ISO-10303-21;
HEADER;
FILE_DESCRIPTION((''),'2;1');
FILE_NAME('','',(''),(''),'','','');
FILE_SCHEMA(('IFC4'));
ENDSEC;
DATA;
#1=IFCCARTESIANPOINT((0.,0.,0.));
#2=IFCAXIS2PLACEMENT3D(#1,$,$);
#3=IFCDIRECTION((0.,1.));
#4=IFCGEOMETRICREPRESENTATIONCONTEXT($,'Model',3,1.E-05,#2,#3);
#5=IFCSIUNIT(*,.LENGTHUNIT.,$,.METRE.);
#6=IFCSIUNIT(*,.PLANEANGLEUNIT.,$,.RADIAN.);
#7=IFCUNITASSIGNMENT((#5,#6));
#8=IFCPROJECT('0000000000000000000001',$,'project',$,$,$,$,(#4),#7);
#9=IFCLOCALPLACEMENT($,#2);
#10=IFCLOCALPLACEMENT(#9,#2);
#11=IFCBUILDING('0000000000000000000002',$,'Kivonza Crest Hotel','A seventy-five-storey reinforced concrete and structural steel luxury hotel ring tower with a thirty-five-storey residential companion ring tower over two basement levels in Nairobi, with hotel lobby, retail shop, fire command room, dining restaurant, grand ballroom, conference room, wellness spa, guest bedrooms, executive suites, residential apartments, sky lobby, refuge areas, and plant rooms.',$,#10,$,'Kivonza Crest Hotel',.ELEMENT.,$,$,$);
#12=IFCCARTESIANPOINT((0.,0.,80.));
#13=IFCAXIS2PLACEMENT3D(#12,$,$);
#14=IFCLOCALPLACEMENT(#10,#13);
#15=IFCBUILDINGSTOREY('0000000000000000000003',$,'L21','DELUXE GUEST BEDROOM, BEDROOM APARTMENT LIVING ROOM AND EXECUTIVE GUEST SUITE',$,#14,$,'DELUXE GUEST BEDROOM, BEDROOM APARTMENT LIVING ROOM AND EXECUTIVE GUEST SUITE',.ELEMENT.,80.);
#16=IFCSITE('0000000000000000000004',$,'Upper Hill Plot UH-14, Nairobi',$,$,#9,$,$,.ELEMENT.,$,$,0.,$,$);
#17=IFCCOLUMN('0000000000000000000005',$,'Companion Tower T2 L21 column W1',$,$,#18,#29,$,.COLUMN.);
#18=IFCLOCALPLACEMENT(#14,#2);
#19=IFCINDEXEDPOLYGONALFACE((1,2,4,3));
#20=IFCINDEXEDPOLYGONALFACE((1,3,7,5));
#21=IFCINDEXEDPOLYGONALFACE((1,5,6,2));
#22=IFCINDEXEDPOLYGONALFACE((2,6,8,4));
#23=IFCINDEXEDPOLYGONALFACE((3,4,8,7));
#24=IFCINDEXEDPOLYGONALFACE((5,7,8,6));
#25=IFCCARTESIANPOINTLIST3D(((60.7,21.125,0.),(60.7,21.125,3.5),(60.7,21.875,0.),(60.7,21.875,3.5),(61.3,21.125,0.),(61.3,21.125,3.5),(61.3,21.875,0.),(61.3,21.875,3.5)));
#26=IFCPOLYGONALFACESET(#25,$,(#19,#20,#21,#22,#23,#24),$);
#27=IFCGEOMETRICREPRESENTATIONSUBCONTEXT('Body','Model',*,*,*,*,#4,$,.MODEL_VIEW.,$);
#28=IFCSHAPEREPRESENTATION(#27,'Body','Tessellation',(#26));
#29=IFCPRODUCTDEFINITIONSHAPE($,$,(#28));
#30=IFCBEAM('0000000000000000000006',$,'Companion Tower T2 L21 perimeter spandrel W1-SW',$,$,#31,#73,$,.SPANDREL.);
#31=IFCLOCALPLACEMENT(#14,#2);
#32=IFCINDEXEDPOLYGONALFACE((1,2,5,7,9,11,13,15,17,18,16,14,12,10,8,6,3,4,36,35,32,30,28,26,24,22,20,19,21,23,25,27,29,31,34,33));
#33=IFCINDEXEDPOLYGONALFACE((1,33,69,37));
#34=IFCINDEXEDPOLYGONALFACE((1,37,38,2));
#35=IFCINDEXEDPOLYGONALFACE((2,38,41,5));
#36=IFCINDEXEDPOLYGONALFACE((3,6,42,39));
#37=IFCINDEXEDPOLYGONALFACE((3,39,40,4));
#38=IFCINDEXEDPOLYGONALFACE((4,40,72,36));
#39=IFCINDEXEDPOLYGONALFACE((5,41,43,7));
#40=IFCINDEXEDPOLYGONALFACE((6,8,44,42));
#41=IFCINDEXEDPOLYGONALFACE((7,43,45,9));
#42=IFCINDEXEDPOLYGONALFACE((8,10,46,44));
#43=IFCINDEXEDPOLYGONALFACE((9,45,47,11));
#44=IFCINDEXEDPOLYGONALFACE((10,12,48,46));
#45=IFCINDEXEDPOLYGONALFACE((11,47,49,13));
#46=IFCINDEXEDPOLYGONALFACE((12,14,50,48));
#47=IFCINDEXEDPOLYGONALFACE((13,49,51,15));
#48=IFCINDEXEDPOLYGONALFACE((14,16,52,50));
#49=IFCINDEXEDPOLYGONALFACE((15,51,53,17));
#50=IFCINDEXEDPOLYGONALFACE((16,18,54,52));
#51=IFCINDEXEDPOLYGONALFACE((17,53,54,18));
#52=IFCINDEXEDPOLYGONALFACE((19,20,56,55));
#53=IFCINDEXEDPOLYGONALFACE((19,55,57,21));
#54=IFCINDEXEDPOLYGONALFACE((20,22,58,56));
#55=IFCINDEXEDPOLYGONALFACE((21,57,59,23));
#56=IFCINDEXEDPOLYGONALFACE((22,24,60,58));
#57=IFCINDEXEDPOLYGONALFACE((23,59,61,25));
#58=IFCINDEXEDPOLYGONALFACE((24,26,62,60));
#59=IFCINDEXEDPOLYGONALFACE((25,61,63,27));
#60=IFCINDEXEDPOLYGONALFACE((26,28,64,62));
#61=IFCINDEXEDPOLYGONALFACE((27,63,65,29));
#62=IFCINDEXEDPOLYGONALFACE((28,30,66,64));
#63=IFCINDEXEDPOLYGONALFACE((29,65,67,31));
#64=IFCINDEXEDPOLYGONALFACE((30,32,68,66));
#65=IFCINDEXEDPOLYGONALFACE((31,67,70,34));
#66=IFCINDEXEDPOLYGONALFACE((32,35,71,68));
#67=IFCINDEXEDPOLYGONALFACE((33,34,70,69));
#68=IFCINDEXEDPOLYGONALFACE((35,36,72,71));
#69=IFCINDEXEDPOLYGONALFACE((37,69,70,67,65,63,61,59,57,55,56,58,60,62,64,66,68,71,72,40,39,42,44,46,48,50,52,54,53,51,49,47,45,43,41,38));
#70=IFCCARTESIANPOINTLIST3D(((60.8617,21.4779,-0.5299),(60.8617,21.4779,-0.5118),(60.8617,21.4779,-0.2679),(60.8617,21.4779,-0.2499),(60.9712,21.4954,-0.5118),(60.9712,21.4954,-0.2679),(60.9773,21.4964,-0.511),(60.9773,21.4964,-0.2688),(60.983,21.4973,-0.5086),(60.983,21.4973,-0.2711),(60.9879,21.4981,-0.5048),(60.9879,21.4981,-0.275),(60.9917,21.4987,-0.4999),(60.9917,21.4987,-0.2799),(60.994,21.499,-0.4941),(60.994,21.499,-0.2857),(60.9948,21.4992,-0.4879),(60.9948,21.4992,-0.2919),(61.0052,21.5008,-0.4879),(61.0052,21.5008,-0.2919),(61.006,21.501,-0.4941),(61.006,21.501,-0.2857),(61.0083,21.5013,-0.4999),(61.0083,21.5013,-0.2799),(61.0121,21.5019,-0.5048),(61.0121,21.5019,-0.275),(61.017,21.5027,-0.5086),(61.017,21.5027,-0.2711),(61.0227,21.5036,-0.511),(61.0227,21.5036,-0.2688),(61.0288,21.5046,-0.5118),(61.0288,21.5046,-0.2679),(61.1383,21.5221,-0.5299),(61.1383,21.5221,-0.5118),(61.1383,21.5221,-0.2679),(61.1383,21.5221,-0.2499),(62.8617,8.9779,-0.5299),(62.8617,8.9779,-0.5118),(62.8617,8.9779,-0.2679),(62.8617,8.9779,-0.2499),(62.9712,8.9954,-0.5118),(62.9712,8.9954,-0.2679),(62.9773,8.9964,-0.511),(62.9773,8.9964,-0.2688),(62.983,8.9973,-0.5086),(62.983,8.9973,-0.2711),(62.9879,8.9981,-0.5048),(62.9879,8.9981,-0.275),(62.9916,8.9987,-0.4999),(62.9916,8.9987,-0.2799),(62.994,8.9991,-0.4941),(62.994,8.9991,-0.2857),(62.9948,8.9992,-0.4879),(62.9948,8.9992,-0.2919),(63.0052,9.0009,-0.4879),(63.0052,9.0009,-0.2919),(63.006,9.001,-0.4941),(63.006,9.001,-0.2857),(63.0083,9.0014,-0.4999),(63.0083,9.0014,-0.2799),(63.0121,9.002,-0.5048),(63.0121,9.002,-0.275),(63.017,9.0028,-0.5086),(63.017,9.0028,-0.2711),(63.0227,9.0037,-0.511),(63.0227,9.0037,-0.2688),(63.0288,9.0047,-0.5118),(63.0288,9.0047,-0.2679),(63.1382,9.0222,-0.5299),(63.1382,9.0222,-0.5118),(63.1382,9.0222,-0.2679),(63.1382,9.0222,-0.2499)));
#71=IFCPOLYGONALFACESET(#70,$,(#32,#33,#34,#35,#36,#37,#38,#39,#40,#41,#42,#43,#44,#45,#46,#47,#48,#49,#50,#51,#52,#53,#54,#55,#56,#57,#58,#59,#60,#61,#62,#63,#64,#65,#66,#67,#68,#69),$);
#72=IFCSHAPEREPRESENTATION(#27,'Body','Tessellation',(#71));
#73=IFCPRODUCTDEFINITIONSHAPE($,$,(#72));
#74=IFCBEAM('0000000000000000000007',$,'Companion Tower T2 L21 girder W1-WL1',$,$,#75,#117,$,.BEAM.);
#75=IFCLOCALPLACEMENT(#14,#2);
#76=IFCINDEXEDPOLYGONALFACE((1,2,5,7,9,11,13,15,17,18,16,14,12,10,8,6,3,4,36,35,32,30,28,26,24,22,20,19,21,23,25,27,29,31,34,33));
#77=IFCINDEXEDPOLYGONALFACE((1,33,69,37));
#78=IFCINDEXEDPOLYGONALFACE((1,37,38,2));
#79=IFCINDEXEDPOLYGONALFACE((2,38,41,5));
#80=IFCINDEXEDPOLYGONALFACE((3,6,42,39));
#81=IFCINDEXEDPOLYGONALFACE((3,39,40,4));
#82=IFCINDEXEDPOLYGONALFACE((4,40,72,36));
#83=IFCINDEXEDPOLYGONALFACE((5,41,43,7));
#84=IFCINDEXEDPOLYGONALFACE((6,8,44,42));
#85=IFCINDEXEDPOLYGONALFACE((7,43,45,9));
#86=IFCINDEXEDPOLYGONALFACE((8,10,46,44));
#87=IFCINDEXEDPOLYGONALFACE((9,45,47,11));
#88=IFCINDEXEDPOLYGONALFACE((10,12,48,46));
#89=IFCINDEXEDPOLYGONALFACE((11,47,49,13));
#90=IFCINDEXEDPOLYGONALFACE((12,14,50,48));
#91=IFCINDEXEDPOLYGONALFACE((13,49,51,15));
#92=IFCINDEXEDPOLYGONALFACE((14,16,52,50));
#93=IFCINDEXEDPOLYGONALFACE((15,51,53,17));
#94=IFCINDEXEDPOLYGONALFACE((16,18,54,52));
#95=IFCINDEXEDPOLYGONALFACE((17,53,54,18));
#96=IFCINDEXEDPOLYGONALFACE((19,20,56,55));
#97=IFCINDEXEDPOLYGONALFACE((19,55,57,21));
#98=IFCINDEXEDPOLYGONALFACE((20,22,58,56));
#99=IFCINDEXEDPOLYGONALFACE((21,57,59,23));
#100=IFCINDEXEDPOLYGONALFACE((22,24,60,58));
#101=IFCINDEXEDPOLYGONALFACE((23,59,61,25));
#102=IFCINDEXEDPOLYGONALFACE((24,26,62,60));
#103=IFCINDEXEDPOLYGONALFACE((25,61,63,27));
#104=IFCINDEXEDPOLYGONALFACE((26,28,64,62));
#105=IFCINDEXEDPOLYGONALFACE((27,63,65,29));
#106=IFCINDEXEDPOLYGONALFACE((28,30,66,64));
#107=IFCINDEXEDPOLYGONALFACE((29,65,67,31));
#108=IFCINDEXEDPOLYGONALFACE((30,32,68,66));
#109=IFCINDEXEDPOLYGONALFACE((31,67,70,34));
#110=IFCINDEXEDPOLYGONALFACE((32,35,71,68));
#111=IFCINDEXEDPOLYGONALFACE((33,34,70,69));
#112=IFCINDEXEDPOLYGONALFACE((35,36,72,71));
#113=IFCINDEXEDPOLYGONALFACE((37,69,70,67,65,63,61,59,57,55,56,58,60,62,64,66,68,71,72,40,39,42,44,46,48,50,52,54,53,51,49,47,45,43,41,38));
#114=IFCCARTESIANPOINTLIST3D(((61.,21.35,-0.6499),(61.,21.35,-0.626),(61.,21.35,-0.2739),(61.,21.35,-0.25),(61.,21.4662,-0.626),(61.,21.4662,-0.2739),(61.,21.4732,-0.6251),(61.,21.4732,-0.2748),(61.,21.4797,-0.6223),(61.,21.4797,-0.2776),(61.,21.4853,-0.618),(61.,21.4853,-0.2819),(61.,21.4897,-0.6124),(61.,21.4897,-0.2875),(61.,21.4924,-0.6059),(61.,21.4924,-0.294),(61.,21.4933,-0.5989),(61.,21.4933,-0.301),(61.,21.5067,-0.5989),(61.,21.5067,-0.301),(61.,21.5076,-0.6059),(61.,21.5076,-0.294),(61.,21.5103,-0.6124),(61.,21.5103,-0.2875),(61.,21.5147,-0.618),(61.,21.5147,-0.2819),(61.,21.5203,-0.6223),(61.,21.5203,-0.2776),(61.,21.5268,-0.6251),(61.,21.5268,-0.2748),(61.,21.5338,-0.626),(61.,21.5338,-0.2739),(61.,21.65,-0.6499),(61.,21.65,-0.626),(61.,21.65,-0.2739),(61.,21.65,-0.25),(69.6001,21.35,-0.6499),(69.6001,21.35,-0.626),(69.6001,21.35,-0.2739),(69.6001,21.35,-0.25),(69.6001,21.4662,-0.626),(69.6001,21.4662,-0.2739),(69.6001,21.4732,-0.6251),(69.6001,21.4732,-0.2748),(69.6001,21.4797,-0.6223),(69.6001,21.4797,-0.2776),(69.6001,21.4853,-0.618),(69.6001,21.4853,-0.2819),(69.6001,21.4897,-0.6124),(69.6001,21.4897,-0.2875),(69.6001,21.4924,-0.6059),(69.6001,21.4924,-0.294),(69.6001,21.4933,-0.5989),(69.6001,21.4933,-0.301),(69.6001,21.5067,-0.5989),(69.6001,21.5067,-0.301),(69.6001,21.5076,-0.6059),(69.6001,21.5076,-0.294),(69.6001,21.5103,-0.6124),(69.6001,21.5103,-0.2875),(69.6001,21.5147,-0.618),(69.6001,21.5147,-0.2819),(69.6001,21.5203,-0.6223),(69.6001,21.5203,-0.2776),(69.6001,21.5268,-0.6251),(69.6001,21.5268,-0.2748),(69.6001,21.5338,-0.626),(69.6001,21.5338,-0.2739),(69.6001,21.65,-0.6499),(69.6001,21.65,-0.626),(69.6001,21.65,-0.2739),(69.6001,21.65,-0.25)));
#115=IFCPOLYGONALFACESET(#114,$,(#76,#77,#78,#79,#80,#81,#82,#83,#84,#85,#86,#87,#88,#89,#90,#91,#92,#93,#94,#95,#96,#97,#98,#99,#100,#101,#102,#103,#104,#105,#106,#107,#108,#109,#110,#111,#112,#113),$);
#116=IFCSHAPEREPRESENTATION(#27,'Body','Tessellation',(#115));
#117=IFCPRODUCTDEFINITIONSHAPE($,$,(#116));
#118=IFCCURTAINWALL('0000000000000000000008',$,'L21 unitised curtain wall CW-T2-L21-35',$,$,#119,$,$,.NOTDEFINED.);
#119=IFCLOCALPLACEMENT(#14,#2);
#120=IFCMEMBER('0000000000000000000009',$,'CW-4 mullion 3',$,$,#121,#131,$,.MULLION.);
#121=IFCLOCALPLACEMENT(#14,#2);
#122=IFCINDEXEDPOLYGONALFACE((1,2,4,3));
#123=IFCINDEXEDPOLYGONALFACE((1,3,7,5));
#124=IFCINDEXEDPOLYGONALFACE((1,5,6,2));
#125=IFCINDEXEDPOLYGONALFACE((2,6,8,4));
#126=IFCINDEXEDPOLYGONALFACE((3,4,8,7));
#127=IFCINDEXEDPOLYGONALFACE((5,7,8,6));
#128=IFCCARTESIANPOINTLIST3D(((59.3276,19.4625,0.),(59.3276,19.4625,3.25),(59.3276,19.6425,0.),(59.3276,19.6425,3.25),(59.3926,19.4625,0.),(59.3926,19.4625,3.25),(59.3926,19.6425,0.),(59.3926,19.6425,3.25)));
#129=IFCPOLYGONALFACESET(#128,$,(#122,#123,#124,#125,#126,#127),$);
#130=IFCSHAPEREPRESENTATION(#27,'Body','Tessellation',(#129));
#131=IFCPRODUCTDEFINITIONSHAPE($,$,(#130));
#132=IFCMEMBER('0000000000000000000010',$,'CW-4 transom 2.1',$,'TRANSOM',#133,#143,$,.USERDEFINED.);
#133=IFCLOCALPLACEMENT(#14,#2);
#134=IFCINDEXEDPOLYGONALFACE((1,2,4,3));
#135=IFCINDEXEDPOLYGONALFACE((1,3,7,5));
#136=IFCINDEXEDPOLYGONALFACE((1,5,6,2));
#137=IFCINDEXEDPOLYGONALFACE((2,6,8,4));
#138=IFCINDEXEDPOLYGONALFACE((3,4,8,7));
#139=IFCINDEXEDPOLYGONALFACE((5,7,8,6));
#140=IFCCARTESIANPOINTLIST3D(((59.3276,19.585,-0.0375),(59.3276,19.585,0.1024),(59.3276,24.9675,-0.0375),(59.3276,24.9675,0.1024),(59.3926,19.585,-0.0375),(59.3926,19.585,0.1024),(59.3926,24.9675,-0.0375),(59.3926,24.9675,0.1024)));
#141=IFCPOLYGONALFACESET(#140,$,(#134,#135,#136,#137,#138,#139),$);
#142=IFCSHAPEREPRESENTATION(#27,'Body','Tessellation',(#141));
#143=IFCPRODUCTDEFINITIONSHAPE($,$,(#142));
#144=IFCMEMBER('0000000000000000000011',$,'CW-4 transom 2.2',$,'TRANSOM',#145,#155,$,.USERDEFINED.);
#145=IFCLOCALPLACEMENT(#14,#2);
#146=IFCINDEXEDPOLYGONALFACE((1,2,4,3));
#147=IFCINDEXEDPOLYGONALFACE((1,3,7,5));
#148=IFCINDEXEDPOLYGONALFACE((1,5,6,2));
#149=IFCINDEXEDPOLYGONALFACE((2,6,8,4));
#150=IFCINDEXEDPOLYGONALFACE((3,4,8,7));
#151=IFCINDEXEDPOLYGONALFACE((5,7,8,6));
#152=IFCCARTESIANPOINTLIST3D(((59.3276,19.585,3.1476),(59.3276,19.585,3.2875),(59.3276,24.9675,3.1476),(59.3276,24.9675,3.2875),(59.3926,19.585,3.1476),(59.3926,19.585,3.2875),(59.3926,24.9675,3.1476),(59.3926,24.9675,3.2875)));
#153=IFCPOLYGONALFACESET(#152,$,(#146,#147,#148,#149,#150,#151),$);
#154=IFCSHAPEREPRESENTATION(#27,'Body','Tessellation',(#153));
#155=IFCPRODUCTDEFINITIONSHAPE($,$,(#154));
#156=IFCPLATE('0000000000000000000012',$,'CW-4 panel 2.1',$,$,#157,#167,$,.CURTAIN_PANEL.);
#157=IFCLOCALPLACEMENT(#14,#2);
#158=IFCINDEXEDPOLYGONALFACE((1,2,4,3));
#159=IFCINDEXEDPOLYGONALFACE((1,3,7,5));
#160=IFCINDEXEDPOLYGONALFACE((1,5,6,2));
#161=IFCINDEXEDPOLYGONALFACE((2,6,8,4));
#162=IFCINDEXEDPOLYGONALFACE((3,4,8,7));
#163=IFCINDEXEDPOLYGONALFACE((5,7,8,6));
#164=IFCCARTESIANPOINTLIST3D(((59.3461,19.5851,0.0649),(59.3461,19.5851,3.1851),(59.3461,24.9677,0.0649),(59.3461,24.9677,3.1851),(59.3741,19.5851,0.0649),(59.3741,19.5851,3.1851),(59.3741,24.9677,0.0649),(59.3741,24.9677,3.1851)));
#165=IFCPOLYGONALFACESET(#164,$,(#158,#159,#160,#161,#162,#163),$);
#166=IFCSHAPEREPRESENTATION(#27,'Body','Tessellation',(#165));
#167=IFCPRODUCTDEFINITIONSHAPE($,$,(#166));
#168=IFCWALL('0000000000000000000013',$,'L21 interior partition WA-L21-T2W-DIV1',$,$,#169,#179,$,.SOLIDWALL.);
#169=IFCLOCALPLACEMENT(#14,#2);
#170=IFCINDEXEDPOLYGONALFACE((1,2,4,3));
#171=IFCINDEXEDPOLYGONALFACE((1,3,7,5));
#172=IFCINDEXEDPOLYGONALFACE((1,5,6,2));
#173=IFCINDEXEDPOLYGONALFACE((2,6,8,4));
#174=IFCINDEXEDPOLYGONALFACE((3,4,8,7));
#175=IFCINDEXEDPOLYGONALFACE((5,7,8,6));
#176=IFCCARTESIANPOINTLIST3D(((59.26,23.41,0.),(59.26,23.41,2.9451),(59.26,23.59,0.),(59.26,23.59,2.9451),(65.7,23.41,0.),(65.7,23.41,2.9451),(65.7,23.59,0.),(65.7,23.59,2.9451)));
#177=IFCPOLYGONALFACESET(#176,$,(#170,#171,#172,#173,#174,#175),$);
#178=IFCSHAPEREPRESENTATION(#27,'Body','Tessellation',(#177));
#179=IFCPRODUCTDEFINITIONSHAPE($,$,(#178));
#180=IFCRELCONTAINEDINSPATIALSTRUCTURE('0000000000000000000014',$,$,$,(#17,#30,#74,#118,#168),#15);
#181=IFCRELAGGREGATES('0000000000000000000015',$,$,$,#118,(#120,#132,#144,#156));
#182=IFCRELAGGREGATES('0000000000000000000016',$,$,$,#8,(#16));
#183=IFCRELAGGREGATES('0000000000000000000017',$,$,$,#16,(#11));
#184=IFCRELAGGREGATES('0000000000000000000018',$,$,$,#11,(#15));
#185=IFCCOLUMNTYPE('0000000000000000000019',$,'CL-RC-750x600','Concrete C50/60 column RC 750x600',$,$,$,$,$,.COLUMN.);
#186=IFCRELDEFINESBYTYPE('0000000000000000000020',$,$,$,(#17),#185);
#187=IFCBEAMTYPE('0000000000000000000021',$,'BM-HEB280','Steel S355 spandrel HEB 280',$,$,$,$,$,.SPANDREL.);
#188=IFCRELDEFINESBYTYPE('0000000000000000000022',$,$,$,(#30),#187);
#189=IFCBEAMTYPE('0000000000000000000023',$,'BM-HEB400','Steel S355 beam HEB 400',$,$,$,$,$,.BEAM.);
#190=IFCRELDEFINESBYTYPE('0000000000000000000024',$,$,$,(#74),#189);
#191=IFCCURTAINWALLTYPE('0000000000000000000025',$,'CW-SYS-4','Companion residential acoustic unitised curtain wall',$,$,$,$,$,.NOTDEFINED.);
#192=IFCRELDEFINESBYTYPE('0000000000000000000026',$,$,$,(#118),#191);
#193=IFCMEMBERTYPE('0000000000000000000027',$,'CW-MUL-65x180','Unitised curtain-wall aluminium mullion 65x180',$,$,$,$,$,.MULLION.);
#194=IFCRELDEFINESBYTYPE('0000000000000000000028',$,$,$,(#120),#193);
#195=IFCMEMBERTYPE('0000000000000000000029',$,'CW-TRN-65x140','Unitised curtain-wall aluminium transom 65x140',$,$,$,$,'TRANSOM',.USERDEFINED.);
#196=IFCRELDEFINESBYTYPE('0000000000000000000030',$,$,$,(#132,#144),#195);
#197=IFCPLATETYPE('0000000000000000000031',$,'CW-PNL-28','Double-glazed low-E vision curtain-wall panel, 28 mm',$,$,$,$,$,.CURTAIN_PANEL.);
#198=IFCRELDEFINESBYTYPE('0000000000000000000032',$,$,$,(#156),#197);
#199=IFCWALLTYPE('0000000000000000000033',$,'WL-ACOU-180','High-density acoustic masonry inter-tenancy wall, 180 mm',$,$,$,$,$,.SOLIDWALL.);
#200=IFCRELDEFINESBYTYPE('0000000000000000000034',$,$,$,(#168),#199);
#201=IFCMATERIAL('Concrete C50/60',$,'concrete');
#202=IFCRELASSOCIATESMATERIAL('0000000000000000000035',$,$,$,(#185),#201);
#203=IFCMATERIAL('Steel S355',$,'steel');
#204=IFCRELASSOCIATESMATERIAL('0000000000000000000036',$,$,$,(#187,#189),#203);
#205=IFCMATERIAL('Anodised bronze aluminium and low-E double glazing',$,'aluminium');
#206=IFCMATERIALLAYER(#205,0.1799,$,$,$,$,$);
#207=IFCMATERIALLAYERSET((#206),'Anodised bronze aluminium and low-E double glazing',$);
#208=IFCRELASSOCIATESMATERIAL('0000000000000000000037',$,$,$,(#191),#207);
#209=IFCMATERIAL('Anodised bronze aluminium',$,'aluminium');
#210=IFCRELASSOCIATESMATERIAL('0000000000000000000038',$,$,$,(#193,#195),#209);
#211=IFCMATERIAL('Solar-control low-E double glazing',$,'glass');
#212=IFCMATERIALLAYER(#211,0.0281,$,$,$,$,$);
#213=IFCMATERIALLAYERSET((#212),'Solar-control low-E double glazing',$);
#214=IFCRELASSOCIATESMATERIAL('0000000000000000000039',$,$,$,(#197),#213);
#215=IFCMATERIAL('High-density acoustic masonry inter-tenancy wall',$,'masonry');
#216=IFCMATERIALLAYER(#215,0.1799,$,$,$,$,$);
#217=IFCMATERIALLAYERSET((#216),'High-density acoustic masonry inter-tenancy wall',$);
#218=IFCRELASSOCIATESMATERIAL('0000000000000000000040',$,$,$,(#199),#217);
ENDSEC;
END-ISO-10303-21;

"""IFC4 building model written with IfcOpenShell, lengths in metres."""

from ifc_helpers import new_model, si_unit, direction, frame, frame_2d, origin, origin_2d, place, context, subcontext, project, spatial, rectangle, i_section, extrude, material, layer, layer_set, material_profile, profile_set, type_object, element, aggregate, save


model = new_model("IFC4")

# Units and contexts
model_context = context("Model", 3, precision=1e-05, world=origin(), true_north=direction((0.0, 1.0)))
body_context = subcontext(model_context, "Body", "Model", "MODEL_VIEW")
ifc_project = project(units=[si_unit("LENGTHUNIT", "METRE"), si_unit("PLANEANGLEUNIT", "RADIAN")], contexts=[model_context])

# Site, building, storey
site_placement = place(None, origin())
site = spatial("IfcSite", under=ifc_project, at=site_placement, Name="Upper Hill Plot UH-14, Nairobi", CompositionType="ELEMENT", RefElevation=0.0)
building_placement = place(site_placement, origin())
building = spatial("IfcBuilding", under=site, at=building_placement, Name="Kivonza Crest Hotel", Description="A seventy-five-storey reinforced concrete and structural steel luxury hotel ring tower with a thirty-five-storey residential companion ring tower over two basement levels in Nairobi, with hotel lobby, retail shop, fire command room, dining restaurant, grand ballroom, conference room, wellness spa, guest bedrooms, executive suites, residential apartments, sky lobby, refuge areas, and plant rooms.", LongName="Kivonza Crest Hotel", CompositionType="ELEMENT")
storey_placement = place(building_placement, frame((0.0, 0.0, 80.0)))
storey = spatial("IfcBuildingStorey", under=building, at=storey_placement, Name="L21", Description="DELUXE GUEST BEDROOM, BEDROOM APARTMENT LIVING ROOM AND EXECUTIVE GUEST SUITE", LongName="DELUXE GUEST BEDROOM, BEDROOM APARTMENT LIVING ROOM AND EXECUTIVE GUEST SUITE", CompositionType="ELEMENT", Elevation=80.0)

# Column
ifc_material_1 = material(Name="Concrete C50/60", Category="concrete")
ifc_material_profile_1 = material_profile(ifc_material_1, rectangle(XDim=0.6001, YDim=0.75, at=origin_2d()), Name="RC 750x600")
ifc_profile_set_1 = profile_set([ifc_material_profile_1], Name="Concrete C50/60")
column_type = type_object("IfcColumnType", Name="CL-RC-750x600", Description="Concrete C50/60 column RC 750x600", PredefinedType="COLUMN", material=ifc_profile_set_1)
column_placement = place(storey_placement, frame((61.0, 21.5, 0.0), z_axis=(0.0, 0.0, 1.0), x_axis=(1.0, 0.0, 0.0)))
element("IfcColumn", 1, at=column_placement, inside=storey, type_object=column_type, Name="Companion Tower T2 L21 column W1", PredefinedType="COLUMN", context=body_context, shape_type="SweptSolid", body=[
    extrude(rectangle(XDim=0.6001, YDim=0.75, at=origin_2d()), origin(), (0.0, 0.0, 1.0), 3.5),
])

# Beams
ifc_material_2 = material(Name="Steel S355", Category="steel")
ifc_material_profile_2 = material_profile(ifc_material_2, i_section(OverallWidth=0.28, OverallDepth=0.28, WebThickness=0.0105, FlangeThickness=0.0181, FilletRadius=0.0239, at=origin_2d()), Name="HEB 280")
ifc_profile_set_2 = profile_set([ifc_material_profile_2], Name="Steel S355")
beam_type_1 = type_object("IfcBeamType", Name="BM-HEB280", Description="Steel S355 spandrel HEB 280", PredefinedType="SPANDREL", material=ifc_profile_set_2)
beam_1_placement = place(storey_placement, frame((61.0, 21.5, -0.3899), z_axis=(0.157991, -0.987441, 0.0), x_axis=(0.987441, 0.157991, 0.0)))
element("IfcBeam", 2, at=beam_1_placement, inside=storey, type_object=beam_type_1, Name="Companion Tower T2 L21 perimeter spandrel W1-SW", PredefinedType="SPANDREL", context=body_context, shape_type="SweptSolid", body=[
    extrude(i_section(OverallWidth=0.28, OverallDepth=0.28, WebThickness=0.0105, FlangeThickness=0.0181, FilletRadius=0.0239, at=origin_2d()), origin(), (0.0, 0.0, 1.0), 12.6589),
])
ifc_material_profile_3 = material_profile(ifc_material_2, i_section(OverallWidth=0.3, OverallDepth=0.3999, WebThickness=0.0134, FlangeThickness=0.0239, FilletRadius=0.0271, at=origin_2d()), Name="HEB 400")
ifc_profile_set_3 = profile_set([ifc_material_profile_3], Name="Steel S355")
beam_type_2 = type_object("IfcBeamType", Name="BM-HEB400", Description="Steel S355 beam HEB 400", PredefinedType="BEAM", material=ifc_profile_set_3)
beam_2_placement = place(storey_placement, frame((61.0, 21.5, -0.45), z_axis=(1.0, 0.0, 0.0), x_axis=(0.0, 1.0, 0.0)))
element("IfcBeam", 3, at=beam_2_placement, inside=storey, type_object=beam_type_2, Name="Companion Tower T2 L21 girder W1-WL1", PredefinedType="BEAM", context=body_context, shape_type="SweptSolid", body=[
    extrude(i_section(OverallWidth=0.3, OverallDepth=0.3999, WebThickness=0.0134, FlangeThickness=0.0239, FilletRadius=0.0271, at=origin_2d()), origin(), (0.0, 0.0, 1.0), 8.6001),
])

# Curtain wall, members, plate
ifc_material_3 = material(Name="Anodised bronze aluminium and low-E double glazing", Category="aluminium")
ifc_layer_1 = layer(ifc_material_3, 0.1799)
ifc_layer_set_1 = layer_set([ifc_layer_1], Name="Anodised bronze aluminium and low-E double glazing")
curtain_wall_type = type_object("IfcCurtainWallType", Name="CW-SYS-4", Description="Companion residential acoustic unitised curtain wall", PredefinedType="NOTDEFINED", material=ifc_layer_set_1)
curtain_wall_placement = place(storey_placement, origin())
curtain_wall = element("IfcCurtainWall", 4, at=curtain_wall_placement, inside=storey, type_object=curtain_wall_type, Name="L21 unitised curtain wall CW-T2-L21-35", PredefinedType="NOTDEFINED")
ifc_material_4 = material(Name="Anodised bronze aluminium", Category="aluminium")
ifc_material_profile_4 = material_profile(ifc_material_4, rectangle(XDim=0.0649, YDim=0.1799, at=origin_2d()), Name="CW-M 65x180")
ifc_profile_set_4 = profile_set([ifc_material_profile_4], Name="Anodised bronze aluminium")
member_type_1 = type_object("IfcMemberType", Name="CW-MUL-65x180", Description="Unitised curtain-wall aluminium mullion 65x180", PredefinedType="MULLION", material=ifc_profile_set_4)
member_1_placement = place(storey_placement, frame((59.3601, 19.5525, 0.0), z_axis=(0.0, 0.0, 1.0), x_axis=(1.0, 0.0, 0.0)))
member_1 = element("IfcMember", 5, at=member_1_placement, type_object=member_type_1, Name="CW-4 mullion 3", PredefinedType="MULLION", context=body_context, shape_type="SweptSolid", body=[
    extrude(rectangle(XDim=0.0649, YDim=0.1799, at=origin_2d()), origin(), (0.0, 0.0, 1.0), 3.25),
])
ifc_material_profile_5 = material_profile(ifc_material_4, rectangle(XDim=0.0649, YDim=0.1399, at=origin_2d()), Name="CW-T 65x140")
ifc_profile_set_5 = profile_set([ifc_material_profile_5], Name="Anodised bronze aluminium")
member_type_2 = type_object("IfcMemberType", Name="CW-TRN-65x140", Description="Unitised curtain-wall aluminium transom 65x140", ElementType="TRANSOM", PredefinedType="USERDEFINED", material=ifc_profile_set_5)
member_2_placement = place(storey_placement, frame((59.3601, 24.9675, 0.0325), z_axis=(0.0, -1.0, 0.0), x_axis=(1.0, 0.0, 0.0)))
member_2 = element("IfcMember", 6, at=member_2_placement, type_object=member_type_2, Name="CW-4 transom 2.1", ObjectType="TRANSOM", PredefinedType="USERDEFINED", context=body_context, shape_type="SweptSolid", body=[
    extrude(rectangle(XDim=0.0649, YDim=0.1399, at=origin_2d()), origin(), (0.0, 0.0, 1.0), 5.3826),
])
member_3_placement = place(storey_placement, frame((59.3601, 24.9675, 3.2175), z_axis=(0.0, -1.0, 0.0), x_axis=(1.0, 0.0, 0.0)))
member_3 = element("IfcMember", 7, at=member_3_placement, type_object=member_type_2, Name="CW-4 transom 2.2", ObjectType="TRANSOM", PredefinedType="USERDEFINED", context=body_context, shape_type="SweptSolid", body=[
    extrude(rectangle(XDim=0.0649, YDim=0.1399, at=origin_2d()), origin(), (0.0, 0.0, 1.0), 5.3826),
])
ifc_material_5 = material(Name="Solar-control low-E double glazing", Category="glass")
ifc_layer_2 = layer(ifc_material_5, 0.0281)
ifc_layer_set_2 = layer_set([ifc_layer_2], Name="Solar-control low-E double glazing")
plate_type = type_object("IfcPlateType", Name="CW-PNL-28", Description="Double-glazed low-E vision curtain-wall panel, 28 mm", PredefinedType="CURTAIN_PANEL", material=ifc_layer_set_2)
plate_placement = place(storey_placement, frame((59.3601, 22.2764, 0.0649), z_axis=(0.0, 0.0, 1.0), x_axis=(0.0, -1.0, 0.0)))
plate = element("IfcPlate", 8, at=plate_placement, type_object=plate_type, Name="CW-4 panel 2.1", PredefinedType="CURTAIN_PANEL", context=body_context, shape_type="SweptSolid", body=[
    extrude(rectangle(XDim=5.3826, YDim=0.0281, at=origin_2d()), origin(), (0.0, 0.0, 1.0), 3.1201),
])
aggregate(curtain_wall, [member_1, member_2, member_3, plate])

# Wall
ifc_material_6 = material(Name="High-density acoustic masonry inter-tenancy wall", Category="masonry")
ifc_layer_3 = layer(ifc_material_6, 0.1799)
ifc_layer_set_3 = layer_set([ifc_layer_3], Name="High-density acoustic masonry inter-tenancy wall")
wall_type_1 = type_object("IfcWallType", Name="WL-ACOU-180", Description="High-density acoustic masonry inter-tenancy wall, 180 mm", PredefinedType="SOLIDWALL", material=ifc_layer_set_3)
wall_1_placement = place(storey_placement, frame((59.26, 23.5, 0.0), z_axis=(0.0, 0.0, 1.0), x_axis=(1.0, 0.0, 0.0)))
element("IfcWall", 9, at=wall_1_placement, inside=storey, type_object=wall_type_1, Name="L21 interior partition WA-L21-T2W-DIV1", PredefinedType="SOLIDWALL", context=body_context, shape_type="SweptSolid", body=[
    extrude(rectangle(XDim=6.4399, YDim=0.1799, at=frame_2d((3.22, 0.0))), origin(), (0.0, 0.0, 1.0), 2.9451),
])

save(model, "model.ifc")
